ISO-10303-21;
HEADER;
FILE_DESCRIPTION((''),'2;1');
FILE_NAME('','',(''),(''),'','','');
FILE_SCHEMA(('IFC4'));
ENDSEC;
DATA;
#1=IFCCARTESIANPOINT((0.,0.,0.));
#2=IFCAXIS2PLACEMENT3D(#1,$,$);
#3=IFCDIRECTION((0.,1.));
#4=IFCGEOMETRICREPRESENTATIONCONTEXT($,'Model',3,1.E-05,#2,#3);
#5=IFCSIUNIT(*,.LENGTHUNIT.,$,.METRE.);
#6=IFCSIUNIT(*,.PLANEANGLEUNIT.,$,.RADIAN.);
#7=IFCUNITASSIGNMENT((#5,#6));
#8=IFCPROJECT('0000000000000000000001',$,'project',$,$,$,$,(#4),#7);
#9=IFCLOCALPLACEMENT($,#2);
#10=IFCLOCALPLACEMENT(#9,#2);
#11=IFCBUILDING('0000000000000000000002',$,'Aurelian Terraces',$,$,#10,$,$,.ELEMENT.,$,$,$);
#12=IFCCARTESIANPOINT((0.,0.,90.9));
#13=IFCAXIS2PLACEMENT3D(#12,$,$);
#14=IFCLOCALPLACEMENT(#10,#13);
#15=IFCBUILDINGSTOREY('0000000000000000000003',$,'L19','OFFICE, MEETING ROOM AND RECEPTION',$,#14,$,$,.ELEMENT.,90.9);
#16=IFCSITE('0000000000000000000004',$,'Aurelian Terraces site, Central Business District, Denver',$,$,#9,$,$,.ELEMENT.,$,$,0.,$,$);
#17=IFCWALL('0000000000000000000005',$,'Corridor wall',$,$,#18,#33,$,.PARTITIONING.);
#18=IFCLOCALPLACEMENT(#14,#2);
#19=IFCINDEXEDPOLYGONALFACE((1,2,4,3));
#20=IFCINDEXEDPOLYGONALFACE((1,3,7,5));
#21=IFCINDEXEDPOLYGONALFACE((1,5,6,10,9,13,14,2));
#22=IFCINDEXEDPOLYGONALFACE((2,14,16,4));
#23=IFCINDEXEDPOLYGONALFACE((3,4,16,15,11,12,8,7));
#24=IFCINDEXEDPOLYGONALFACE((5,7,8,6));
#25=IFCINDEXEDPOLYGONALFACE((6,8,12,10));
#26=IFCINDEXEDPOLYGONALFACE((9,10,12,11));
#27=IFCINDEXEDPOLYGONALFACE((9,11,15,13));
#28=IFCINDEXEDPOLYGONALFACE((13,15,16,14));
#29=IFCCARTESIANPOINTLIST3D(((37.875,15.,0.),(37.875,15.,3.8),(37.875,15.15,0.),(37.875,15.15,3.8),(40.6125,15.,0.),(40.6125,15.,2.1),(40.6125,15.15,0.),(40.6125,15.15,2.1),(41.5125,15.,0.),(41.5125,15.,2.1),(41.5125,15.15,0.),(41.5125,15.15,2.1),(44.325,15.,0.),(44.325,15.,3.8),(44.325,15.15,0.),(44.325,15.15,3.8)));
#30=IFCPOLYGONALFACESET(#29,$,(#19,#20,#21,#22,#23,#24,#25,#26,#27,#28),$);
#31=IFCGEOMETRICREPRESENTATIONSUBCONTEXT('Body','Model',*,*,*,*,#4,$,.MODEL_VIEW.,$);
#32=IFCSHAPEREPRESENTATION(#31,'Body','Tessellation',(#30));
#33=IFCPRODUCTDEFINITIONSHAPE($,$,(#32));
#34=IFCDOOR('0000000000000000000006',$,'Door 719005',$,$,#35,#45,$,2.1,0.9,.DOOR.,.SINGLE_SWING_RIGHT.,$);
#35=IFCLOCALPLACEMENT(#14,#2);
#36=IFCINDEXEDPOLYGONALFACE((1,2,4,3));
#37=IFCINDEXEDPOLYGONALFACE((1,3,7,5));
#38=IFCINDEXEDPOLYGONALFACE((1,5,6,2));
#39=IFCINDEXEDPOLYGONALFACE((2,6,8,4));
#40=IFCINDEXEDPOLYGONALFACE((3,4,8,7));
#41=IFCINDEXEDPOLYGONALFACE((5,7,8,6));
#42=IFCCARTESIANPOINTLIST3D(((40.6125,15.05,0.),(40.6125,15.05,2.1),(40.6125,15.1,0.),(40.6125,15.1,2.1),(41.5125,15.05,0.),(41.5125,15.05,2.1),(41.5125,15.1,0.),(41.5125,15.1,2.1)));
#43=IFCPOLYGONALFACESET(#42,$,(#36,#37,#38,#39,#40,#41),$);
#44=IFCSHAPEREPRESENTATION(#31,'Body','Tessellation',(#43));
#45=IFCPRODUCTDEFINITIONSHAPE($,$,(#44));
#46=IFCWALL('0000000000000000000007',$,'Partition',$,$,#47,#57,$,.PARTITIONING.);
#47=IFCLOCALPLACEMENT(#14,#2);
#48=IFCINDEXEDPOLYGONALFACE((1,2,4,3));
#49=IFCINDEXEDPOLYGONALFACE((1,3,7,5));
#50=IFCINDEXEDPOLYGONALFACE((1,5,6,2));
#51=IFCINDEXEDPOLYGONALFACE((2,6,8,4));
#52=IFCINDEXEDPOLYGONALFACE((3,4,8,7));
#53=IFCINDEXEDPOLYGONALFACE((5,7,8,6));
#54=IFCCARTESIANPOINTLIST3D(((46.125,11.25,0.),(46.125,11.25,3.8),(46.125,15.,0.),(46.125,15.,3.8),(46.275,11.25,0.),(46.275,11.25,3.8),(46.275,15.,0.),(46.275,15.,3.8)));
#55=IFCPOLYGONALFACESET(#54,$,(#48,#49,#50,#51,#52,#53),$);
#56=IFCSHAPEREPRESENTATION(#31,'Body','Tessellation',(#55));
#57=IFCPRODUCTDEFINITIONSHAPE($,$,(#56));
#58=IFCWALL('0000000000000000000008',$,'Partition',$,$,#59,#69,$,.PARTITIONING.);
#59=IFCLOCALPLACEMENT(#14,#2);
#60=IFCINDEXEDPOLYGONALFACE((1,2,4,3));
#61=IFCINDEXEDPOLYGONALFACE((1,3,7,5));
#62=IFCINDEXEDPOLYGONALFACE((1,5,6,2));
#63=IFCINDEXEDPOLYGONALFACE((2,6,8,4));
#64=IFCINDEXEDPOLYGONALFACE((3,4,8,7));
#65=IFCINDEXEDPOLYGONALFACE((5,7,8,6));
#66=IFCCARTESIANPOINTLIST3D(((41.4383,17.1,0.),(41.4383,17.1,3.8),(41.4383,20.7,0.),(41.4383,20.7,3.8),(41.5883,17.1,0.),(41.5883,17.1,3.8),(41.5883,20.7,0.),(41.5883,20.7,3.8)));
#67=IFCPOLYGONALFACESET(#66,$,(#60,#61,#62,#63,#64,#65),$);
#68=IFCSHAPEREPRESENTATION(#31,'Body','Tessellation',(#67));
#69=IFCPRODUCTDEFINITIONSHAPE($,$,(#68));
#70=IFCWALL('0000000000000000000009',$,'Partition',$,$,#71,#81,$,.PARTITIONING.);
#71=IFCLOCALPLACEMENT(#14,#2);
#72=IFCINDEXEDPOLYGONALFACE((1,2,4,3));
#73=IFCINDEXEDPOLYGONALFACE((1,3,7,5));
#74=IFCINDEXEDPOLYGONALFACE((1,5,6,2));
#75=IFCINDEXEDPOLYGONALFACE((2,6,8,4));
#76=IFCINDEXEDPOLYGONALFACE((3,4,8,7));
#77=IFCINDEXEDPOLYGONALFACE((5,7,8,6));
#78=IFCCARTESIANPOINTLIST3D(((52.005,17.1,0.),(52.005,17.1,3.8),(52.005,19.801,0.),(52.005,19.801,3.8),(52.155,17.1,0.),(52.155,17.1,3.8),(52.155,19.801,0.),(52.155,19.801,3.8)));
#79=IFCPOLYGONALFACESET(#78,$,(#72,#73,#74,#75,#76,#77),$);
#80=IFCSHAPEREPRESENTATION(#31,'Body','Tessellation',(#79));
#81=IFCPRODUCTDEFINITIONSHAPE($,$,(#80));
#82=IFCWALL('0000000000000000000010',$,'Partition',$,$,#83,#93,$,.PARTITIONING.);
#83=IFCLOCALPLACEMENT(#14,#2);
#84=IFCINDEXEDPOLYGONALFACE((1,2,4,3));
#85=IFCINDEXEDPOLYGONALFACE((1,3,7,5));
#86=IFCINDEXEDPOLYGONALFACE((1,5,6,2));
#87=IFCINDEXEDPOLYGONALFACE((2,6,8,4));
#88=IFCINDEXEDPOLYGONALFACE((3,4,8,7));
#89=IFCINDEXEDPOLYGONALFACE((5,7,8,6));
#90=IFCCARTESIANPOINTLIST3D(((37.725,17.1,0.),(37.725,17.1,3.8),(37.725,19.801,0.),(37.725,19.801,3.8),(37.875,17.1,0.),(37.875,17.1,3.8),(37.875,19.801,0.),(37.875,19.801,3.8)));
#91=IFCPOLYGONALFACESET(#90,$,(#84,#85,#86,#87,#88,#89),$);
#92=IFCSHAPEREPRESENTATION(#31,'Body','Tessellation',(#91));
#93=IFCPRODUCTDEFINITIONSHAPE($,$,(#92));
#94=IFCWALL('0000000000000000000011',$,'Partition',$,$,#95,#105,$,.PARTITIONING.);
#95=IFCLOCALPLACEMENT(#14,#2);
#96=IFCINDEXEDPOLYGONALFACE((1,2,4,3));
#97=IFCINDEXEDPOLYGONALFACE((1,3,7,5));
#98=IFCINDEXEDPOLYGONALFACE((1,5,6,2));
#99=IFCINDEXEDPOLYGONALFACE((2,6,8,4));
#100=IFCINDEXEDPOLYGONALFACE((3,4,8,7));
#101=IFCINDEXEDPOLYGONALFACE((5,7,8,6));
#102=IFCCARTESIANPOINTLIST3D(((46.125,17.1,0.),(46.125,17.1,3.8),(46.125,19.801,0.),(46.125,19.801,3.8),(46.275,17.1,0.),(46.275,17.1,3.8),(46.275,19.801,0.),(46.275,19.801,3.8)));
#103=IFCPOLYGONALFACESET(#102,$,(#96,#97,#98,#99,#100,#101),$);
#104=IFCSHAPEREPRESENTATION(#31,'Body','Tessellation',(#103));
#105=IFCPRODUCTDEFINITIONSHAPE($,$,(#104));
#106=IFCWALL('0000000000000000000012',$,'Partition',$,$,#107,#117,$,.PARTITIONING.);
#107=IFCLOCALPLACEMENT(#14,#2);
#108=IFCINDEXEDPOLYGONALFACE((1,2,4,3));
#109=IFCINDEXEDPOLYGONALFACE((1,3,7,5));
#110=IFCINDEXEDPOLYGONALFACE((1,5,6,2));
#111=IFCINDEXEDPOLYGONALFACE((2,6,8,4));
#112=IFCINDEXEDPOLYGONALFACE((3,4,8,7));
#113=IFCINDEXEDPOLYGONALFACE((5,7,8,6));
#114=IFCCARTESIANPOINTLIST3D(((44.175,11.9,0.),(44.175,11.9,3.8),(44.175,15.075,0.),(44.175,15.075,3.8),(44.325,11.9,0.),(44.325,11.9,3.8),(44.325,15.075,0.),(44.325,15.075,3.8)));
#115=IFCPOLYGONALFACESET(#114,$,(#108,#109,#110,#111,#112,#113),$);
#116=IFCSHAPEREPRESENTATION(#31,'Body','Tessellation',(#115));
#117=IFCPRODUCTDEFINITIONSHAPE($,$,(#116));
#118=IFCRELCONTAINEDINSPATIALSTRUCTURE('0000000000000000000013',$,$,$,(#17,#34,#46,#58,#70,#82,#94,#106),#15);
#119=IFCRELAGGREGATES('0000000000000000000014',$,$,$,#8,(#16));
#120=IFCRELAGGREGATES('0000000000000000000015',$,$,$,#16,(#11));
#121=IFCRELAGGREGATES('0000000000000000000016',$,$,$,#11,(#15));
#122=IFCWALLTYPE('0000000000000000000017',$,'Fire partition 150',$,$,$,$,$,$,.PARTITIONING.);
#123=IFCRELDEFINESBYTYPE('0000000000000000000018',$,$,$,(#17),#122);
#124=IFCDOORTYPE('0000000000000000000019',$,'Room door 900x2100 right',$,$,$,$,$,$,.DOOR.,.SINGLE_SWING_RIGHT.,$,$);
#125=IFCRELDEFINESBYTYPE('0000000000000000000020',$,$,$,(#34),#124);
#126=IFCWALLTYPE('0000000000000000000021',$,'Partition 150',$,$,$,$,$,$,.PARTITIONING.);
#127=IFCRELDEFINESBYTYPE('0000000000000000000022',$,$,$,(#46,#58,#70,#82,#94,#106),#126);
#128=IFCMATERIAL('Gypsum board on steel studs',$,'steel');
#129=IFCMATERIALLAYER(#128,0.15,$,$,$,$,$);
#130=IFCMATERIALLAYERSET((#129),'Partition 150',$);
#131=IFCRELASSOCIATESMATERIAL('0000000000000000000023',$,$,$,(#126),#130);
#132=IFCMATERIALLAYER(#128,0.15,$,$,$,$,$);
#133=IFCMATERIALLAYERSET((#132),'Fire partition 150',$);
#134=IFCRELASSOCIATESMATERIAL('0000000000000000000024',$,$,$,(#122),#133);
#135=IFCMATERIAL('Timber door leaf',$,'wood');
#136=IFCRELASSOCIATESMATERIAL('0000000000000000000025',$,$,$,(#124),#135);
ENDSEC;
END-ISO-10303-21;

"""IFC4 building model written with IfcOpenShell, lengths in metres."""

from ifc_helpers import new_model, si_unit, direction, frame, frame_2d, origin, place, context, subcontext, project, spatial, rectangle, extrude, source, transform, mapped, material, layer, layer_set, type_object, element, fill, save


model = new_model("IFC4")

# Units and contexts
model_context = context("Model", 3, precision=1e-05, world=origin(), true_north=direction((0.0, 1.0)))
body_context = subcontext(model_context, "Body", "Model", "MODEL_VIEW")
ifc_project = project(units=[si_unit("LENGTHUNIT", "METRE"), si_unit("PLANEANGLEUNIT", "RADIAN")], contexts=[model_context])

# Site, building, storey
site_placement = place(None, origin())
site = spatial("IfcSite", under=ifc_project, at=site_placement, Name="Aurelian Terraces site, Central Business District, Denver", CompositionType="ELEMENT", RefElevation=0.0)
building_placement = place(site_placement, origin())
building = spatial("IfcBuilding", under=site, at=building_placement, Name="Aurelian Terraces", CompositionType="ELEMENT")
storey_placement = place(building_placement, frame((0.0, 0.0, 90.9)))
storey = spatial("IfcBuildingStorey", under=building, at=storey_placement, Name="L19", Description="OFFICE, MEETING ROOM AND RECEPTION", CompositionType="ELEMENT", Elevation=90.9)

# Shared definitions
ifc_material_1 = material(Name="Gypsum board on steel studs", Category="steel")
ifc_layer_1 = layer(ifc_material_1, 0.15)
ifc_layer_set_1 = layer_set([ifc_layer_1], Name="Partition 150")
wall_type_1 = type_object("IfcWallType", Name="Partition 150", PredefinedType="PARTITIONING", material=ifc_layer_set_1)

# Shared definitions
shared_shape_1 = source(origin(), body_context, "Body", "SweptSolid", [
    extrude(rectangle(XDim=6.45, YDim=0.15, at=frame_2d((3.225, 0.0))), origin(), (0.0, 0.0, 1.0), 3.8),
])

# Wall, opening, door
ifc_layer_2 = layer(ifc_material_1, 0.15)
ifc_layer_set_2 = layer_set([ifc_layer_2], Name="Fire partition 150")
wall_type_2 = type_object("IfcWallType", Name="Fire partition 150", PredefinedType="PARTITIONING", material=ifc_layer_set_2)
wall_1_placement = place(storey_placement, frame((44.325, 15.075, 0.0), z_axis=(0.0, 0.0, 1.0), x_axis=(-1.0, 0.0, 0.0)))
wall_1 = element("IfcWall", 1, at=wall_1_placement, inside=storey, type_object=wall_type_2, Name="Corridor wall", PredefinedType="PARTITIONING", context=body_context, shape_type="MappedRepresentation", body=[
    mapped(shared_shape_1, transform((0.0, 0.0, 0.0), scale=1.0)),
])
shared_shape_2 = source(origin(), body_context, "Body", "SweptSolid", [
    extrude(rectangle(XDim=0.9, YDim=2.1, at=frame_2d((0.45, 1.05))), frame((0.0, 0.085, 0.0), z_axis=(0.0, -1.0, 0.0), x_axis=(1.0, 0.0, 0.0)), (0.0, 0.0, 1.0), 0.17),
])
opening_1_placement = place(wall_1_placement, frame((2.8125, 0.0, 0.0)))
opening_1 = element("IfcOpeningElement", 2, at=opening_1_placement, cuts=wall_1, PredefinedType="OPENING", context=body_context, shape_type="MappedRepresentation", body=[
    mapped(shared_shape_2, transform((0.0, 0.0, 0.0), scale=1.0)),
])
ifc_material_2 = material(Name="Timber door leaf", Category="wood")
door_type_1 = type_object("IfcDoorType", Name="Room door 900x2100 right", OperationType="SINGLE_SWING_RIGHT", PredefinedType="DOOR", material=ifc_material_2)
shared_shape_3 = source(origin(), body_context, "Body", "SweptSolid", [
    extrude(rectangle(XDim=0.9, YDim=2.1, at=frame_2d((0.45, 1.05))), frame((0.0, 0.025, 0.0), z_axis=(0.0, -1.0, 0.0), x_axis=(1.0, 0.0, 0.0)), (0.0, 0.0, 1.0), 0.05),
])
door_1_placement = place(opening_1_placement, origin())
door_1 = element("IfcDoor", 3, at=door_1_placement, inside=storey, type_object=door_type_1, Name="Door 719005", OperationType="SINGLE_SWING_RIGHT", OverallHeight=2.1, OverallWidth=0.9, PredefinedType="DOOR", context=body_context, shape_type="MappedRepresentation", body=[
    mapped(shared_shape_3, transform((0.0, 0.0, 0.0), scale=1.0)),
])
fill(opening_1, door_1)

# Walls
shared_shape_4 = source(origin(), body_context, "Body", "SweptSolid", [
    extrude(rectangle(XDim=3.75, YDim=0.15, at=frame_2d((1.875, 0.0))), origin(), (0.0, 0.0, 1.0), 3.8),
])
wall_2_placement = place(storey_placement, frame((46.2, 11.25, 0.0), z_axis=(0.0, 0.0, 1.0), x_axis=(0.0, 1.0, 0.0)))
element("IfcWall", 4, at=wall_2_placement, inside=storey, type_object=wall_type_1, Name="Partition", PredefinedType="PARTITIONING", context=body_context, shape_type="MappedRepresentation", body=[
    mapped(shared_shape_4, transform((0.0, 0.0, 0.0), scale=1.0)),
])
shared_shape_5 = source(origin(), body_context, "Body", "SweptSolid", [
    extrude(rectangle(XDim=3.6, YDim=0.15, at=frame_2d((1.8, 0.0))), origin(), (0.0, 0.0, 1.0), 3.8),
])
wall_3_placement = place(storey_placement, frame((41.5133, 20.7, 0.0), z_axis=(0.0, 0.0, 1.0), x_axis=(0.0, -1.0, 0.0)))
element("IfcWall", 5, at=wall_3_placement, inside=storey, type_object=wall_type_1, Name="Partition", PredefinedType="PARTITIONING", context=body_context, shape_type="MappedRepresentation", body=[
    mapped(shared_shape_5, transform((0.0, 0.0, 0.0), scale=1.0)),
])
shared_shape_6 = source(origin(), body_context, "Body", "SweptSolid", [
    extrude(rectangle(XDim=2.701, YDim=0.15, at=frame_2d((1.3505, 0.0))), origin(), (0.0, 0.0, 1.0), 3.8),
])
for number, where, z_axis, x_axis, name in (
    (6, (52.08, 19.801, 0.0), (0.0, 0.0, 1.0), (0.0, -1.0, 0.0), "Partition"),
    (7, (37.8, 17.1, 0.0), (0.0, 0.0, 1.0), (0.0, 1.0, 0.0), "Partition"),
    (8, (46.2, 17.1, 0.0), (0.0, 0.0, 1.0), (0.0, 1.0, 0.0), "Partition"),
):
    element("IfcWall", number, at=place(storey_placement, frame(where, z_axis=z_axis, x_axis=x_axis)), inside=storey, type_object=wall_type_1, Name=name, PredefinedType="PARTITIONING", context=body_context, shape_type="MappedRepresentation", body=[
        mapped(shared_shape_6, transform((0.0, 0.0, 0.0), scale=1.0)),
    ])
shared_shape_7 = source(origin(), body_context, "Body", "SweptSolid", [
    extrude(rectangle(XDim=3.175, YDim=0.15, at=frame_2d((1.5875, 0.0))), origin(), (0.0, 0.0, 1.0), 3.8),
])
wall_4_placement = place(storey_placement, frame((44.25, 11.9, 0.0), z_axis=(0.0, 0.0, 1.0), x_axis=(0.0, 1.0, 0.0)))
element("IfcWall", 9, at=wall_4_placement, inside=storey, type_object=wall_type_1, Name="Partition", PredefinedType="PARTITIONING", context=body_context, shape_type="MappedRepresentation", body=[
    mapped(shared_shape_7, transform((0.0, 0.0, 0.0), scale=1.0)),
])

save(model, "model.ifc")
